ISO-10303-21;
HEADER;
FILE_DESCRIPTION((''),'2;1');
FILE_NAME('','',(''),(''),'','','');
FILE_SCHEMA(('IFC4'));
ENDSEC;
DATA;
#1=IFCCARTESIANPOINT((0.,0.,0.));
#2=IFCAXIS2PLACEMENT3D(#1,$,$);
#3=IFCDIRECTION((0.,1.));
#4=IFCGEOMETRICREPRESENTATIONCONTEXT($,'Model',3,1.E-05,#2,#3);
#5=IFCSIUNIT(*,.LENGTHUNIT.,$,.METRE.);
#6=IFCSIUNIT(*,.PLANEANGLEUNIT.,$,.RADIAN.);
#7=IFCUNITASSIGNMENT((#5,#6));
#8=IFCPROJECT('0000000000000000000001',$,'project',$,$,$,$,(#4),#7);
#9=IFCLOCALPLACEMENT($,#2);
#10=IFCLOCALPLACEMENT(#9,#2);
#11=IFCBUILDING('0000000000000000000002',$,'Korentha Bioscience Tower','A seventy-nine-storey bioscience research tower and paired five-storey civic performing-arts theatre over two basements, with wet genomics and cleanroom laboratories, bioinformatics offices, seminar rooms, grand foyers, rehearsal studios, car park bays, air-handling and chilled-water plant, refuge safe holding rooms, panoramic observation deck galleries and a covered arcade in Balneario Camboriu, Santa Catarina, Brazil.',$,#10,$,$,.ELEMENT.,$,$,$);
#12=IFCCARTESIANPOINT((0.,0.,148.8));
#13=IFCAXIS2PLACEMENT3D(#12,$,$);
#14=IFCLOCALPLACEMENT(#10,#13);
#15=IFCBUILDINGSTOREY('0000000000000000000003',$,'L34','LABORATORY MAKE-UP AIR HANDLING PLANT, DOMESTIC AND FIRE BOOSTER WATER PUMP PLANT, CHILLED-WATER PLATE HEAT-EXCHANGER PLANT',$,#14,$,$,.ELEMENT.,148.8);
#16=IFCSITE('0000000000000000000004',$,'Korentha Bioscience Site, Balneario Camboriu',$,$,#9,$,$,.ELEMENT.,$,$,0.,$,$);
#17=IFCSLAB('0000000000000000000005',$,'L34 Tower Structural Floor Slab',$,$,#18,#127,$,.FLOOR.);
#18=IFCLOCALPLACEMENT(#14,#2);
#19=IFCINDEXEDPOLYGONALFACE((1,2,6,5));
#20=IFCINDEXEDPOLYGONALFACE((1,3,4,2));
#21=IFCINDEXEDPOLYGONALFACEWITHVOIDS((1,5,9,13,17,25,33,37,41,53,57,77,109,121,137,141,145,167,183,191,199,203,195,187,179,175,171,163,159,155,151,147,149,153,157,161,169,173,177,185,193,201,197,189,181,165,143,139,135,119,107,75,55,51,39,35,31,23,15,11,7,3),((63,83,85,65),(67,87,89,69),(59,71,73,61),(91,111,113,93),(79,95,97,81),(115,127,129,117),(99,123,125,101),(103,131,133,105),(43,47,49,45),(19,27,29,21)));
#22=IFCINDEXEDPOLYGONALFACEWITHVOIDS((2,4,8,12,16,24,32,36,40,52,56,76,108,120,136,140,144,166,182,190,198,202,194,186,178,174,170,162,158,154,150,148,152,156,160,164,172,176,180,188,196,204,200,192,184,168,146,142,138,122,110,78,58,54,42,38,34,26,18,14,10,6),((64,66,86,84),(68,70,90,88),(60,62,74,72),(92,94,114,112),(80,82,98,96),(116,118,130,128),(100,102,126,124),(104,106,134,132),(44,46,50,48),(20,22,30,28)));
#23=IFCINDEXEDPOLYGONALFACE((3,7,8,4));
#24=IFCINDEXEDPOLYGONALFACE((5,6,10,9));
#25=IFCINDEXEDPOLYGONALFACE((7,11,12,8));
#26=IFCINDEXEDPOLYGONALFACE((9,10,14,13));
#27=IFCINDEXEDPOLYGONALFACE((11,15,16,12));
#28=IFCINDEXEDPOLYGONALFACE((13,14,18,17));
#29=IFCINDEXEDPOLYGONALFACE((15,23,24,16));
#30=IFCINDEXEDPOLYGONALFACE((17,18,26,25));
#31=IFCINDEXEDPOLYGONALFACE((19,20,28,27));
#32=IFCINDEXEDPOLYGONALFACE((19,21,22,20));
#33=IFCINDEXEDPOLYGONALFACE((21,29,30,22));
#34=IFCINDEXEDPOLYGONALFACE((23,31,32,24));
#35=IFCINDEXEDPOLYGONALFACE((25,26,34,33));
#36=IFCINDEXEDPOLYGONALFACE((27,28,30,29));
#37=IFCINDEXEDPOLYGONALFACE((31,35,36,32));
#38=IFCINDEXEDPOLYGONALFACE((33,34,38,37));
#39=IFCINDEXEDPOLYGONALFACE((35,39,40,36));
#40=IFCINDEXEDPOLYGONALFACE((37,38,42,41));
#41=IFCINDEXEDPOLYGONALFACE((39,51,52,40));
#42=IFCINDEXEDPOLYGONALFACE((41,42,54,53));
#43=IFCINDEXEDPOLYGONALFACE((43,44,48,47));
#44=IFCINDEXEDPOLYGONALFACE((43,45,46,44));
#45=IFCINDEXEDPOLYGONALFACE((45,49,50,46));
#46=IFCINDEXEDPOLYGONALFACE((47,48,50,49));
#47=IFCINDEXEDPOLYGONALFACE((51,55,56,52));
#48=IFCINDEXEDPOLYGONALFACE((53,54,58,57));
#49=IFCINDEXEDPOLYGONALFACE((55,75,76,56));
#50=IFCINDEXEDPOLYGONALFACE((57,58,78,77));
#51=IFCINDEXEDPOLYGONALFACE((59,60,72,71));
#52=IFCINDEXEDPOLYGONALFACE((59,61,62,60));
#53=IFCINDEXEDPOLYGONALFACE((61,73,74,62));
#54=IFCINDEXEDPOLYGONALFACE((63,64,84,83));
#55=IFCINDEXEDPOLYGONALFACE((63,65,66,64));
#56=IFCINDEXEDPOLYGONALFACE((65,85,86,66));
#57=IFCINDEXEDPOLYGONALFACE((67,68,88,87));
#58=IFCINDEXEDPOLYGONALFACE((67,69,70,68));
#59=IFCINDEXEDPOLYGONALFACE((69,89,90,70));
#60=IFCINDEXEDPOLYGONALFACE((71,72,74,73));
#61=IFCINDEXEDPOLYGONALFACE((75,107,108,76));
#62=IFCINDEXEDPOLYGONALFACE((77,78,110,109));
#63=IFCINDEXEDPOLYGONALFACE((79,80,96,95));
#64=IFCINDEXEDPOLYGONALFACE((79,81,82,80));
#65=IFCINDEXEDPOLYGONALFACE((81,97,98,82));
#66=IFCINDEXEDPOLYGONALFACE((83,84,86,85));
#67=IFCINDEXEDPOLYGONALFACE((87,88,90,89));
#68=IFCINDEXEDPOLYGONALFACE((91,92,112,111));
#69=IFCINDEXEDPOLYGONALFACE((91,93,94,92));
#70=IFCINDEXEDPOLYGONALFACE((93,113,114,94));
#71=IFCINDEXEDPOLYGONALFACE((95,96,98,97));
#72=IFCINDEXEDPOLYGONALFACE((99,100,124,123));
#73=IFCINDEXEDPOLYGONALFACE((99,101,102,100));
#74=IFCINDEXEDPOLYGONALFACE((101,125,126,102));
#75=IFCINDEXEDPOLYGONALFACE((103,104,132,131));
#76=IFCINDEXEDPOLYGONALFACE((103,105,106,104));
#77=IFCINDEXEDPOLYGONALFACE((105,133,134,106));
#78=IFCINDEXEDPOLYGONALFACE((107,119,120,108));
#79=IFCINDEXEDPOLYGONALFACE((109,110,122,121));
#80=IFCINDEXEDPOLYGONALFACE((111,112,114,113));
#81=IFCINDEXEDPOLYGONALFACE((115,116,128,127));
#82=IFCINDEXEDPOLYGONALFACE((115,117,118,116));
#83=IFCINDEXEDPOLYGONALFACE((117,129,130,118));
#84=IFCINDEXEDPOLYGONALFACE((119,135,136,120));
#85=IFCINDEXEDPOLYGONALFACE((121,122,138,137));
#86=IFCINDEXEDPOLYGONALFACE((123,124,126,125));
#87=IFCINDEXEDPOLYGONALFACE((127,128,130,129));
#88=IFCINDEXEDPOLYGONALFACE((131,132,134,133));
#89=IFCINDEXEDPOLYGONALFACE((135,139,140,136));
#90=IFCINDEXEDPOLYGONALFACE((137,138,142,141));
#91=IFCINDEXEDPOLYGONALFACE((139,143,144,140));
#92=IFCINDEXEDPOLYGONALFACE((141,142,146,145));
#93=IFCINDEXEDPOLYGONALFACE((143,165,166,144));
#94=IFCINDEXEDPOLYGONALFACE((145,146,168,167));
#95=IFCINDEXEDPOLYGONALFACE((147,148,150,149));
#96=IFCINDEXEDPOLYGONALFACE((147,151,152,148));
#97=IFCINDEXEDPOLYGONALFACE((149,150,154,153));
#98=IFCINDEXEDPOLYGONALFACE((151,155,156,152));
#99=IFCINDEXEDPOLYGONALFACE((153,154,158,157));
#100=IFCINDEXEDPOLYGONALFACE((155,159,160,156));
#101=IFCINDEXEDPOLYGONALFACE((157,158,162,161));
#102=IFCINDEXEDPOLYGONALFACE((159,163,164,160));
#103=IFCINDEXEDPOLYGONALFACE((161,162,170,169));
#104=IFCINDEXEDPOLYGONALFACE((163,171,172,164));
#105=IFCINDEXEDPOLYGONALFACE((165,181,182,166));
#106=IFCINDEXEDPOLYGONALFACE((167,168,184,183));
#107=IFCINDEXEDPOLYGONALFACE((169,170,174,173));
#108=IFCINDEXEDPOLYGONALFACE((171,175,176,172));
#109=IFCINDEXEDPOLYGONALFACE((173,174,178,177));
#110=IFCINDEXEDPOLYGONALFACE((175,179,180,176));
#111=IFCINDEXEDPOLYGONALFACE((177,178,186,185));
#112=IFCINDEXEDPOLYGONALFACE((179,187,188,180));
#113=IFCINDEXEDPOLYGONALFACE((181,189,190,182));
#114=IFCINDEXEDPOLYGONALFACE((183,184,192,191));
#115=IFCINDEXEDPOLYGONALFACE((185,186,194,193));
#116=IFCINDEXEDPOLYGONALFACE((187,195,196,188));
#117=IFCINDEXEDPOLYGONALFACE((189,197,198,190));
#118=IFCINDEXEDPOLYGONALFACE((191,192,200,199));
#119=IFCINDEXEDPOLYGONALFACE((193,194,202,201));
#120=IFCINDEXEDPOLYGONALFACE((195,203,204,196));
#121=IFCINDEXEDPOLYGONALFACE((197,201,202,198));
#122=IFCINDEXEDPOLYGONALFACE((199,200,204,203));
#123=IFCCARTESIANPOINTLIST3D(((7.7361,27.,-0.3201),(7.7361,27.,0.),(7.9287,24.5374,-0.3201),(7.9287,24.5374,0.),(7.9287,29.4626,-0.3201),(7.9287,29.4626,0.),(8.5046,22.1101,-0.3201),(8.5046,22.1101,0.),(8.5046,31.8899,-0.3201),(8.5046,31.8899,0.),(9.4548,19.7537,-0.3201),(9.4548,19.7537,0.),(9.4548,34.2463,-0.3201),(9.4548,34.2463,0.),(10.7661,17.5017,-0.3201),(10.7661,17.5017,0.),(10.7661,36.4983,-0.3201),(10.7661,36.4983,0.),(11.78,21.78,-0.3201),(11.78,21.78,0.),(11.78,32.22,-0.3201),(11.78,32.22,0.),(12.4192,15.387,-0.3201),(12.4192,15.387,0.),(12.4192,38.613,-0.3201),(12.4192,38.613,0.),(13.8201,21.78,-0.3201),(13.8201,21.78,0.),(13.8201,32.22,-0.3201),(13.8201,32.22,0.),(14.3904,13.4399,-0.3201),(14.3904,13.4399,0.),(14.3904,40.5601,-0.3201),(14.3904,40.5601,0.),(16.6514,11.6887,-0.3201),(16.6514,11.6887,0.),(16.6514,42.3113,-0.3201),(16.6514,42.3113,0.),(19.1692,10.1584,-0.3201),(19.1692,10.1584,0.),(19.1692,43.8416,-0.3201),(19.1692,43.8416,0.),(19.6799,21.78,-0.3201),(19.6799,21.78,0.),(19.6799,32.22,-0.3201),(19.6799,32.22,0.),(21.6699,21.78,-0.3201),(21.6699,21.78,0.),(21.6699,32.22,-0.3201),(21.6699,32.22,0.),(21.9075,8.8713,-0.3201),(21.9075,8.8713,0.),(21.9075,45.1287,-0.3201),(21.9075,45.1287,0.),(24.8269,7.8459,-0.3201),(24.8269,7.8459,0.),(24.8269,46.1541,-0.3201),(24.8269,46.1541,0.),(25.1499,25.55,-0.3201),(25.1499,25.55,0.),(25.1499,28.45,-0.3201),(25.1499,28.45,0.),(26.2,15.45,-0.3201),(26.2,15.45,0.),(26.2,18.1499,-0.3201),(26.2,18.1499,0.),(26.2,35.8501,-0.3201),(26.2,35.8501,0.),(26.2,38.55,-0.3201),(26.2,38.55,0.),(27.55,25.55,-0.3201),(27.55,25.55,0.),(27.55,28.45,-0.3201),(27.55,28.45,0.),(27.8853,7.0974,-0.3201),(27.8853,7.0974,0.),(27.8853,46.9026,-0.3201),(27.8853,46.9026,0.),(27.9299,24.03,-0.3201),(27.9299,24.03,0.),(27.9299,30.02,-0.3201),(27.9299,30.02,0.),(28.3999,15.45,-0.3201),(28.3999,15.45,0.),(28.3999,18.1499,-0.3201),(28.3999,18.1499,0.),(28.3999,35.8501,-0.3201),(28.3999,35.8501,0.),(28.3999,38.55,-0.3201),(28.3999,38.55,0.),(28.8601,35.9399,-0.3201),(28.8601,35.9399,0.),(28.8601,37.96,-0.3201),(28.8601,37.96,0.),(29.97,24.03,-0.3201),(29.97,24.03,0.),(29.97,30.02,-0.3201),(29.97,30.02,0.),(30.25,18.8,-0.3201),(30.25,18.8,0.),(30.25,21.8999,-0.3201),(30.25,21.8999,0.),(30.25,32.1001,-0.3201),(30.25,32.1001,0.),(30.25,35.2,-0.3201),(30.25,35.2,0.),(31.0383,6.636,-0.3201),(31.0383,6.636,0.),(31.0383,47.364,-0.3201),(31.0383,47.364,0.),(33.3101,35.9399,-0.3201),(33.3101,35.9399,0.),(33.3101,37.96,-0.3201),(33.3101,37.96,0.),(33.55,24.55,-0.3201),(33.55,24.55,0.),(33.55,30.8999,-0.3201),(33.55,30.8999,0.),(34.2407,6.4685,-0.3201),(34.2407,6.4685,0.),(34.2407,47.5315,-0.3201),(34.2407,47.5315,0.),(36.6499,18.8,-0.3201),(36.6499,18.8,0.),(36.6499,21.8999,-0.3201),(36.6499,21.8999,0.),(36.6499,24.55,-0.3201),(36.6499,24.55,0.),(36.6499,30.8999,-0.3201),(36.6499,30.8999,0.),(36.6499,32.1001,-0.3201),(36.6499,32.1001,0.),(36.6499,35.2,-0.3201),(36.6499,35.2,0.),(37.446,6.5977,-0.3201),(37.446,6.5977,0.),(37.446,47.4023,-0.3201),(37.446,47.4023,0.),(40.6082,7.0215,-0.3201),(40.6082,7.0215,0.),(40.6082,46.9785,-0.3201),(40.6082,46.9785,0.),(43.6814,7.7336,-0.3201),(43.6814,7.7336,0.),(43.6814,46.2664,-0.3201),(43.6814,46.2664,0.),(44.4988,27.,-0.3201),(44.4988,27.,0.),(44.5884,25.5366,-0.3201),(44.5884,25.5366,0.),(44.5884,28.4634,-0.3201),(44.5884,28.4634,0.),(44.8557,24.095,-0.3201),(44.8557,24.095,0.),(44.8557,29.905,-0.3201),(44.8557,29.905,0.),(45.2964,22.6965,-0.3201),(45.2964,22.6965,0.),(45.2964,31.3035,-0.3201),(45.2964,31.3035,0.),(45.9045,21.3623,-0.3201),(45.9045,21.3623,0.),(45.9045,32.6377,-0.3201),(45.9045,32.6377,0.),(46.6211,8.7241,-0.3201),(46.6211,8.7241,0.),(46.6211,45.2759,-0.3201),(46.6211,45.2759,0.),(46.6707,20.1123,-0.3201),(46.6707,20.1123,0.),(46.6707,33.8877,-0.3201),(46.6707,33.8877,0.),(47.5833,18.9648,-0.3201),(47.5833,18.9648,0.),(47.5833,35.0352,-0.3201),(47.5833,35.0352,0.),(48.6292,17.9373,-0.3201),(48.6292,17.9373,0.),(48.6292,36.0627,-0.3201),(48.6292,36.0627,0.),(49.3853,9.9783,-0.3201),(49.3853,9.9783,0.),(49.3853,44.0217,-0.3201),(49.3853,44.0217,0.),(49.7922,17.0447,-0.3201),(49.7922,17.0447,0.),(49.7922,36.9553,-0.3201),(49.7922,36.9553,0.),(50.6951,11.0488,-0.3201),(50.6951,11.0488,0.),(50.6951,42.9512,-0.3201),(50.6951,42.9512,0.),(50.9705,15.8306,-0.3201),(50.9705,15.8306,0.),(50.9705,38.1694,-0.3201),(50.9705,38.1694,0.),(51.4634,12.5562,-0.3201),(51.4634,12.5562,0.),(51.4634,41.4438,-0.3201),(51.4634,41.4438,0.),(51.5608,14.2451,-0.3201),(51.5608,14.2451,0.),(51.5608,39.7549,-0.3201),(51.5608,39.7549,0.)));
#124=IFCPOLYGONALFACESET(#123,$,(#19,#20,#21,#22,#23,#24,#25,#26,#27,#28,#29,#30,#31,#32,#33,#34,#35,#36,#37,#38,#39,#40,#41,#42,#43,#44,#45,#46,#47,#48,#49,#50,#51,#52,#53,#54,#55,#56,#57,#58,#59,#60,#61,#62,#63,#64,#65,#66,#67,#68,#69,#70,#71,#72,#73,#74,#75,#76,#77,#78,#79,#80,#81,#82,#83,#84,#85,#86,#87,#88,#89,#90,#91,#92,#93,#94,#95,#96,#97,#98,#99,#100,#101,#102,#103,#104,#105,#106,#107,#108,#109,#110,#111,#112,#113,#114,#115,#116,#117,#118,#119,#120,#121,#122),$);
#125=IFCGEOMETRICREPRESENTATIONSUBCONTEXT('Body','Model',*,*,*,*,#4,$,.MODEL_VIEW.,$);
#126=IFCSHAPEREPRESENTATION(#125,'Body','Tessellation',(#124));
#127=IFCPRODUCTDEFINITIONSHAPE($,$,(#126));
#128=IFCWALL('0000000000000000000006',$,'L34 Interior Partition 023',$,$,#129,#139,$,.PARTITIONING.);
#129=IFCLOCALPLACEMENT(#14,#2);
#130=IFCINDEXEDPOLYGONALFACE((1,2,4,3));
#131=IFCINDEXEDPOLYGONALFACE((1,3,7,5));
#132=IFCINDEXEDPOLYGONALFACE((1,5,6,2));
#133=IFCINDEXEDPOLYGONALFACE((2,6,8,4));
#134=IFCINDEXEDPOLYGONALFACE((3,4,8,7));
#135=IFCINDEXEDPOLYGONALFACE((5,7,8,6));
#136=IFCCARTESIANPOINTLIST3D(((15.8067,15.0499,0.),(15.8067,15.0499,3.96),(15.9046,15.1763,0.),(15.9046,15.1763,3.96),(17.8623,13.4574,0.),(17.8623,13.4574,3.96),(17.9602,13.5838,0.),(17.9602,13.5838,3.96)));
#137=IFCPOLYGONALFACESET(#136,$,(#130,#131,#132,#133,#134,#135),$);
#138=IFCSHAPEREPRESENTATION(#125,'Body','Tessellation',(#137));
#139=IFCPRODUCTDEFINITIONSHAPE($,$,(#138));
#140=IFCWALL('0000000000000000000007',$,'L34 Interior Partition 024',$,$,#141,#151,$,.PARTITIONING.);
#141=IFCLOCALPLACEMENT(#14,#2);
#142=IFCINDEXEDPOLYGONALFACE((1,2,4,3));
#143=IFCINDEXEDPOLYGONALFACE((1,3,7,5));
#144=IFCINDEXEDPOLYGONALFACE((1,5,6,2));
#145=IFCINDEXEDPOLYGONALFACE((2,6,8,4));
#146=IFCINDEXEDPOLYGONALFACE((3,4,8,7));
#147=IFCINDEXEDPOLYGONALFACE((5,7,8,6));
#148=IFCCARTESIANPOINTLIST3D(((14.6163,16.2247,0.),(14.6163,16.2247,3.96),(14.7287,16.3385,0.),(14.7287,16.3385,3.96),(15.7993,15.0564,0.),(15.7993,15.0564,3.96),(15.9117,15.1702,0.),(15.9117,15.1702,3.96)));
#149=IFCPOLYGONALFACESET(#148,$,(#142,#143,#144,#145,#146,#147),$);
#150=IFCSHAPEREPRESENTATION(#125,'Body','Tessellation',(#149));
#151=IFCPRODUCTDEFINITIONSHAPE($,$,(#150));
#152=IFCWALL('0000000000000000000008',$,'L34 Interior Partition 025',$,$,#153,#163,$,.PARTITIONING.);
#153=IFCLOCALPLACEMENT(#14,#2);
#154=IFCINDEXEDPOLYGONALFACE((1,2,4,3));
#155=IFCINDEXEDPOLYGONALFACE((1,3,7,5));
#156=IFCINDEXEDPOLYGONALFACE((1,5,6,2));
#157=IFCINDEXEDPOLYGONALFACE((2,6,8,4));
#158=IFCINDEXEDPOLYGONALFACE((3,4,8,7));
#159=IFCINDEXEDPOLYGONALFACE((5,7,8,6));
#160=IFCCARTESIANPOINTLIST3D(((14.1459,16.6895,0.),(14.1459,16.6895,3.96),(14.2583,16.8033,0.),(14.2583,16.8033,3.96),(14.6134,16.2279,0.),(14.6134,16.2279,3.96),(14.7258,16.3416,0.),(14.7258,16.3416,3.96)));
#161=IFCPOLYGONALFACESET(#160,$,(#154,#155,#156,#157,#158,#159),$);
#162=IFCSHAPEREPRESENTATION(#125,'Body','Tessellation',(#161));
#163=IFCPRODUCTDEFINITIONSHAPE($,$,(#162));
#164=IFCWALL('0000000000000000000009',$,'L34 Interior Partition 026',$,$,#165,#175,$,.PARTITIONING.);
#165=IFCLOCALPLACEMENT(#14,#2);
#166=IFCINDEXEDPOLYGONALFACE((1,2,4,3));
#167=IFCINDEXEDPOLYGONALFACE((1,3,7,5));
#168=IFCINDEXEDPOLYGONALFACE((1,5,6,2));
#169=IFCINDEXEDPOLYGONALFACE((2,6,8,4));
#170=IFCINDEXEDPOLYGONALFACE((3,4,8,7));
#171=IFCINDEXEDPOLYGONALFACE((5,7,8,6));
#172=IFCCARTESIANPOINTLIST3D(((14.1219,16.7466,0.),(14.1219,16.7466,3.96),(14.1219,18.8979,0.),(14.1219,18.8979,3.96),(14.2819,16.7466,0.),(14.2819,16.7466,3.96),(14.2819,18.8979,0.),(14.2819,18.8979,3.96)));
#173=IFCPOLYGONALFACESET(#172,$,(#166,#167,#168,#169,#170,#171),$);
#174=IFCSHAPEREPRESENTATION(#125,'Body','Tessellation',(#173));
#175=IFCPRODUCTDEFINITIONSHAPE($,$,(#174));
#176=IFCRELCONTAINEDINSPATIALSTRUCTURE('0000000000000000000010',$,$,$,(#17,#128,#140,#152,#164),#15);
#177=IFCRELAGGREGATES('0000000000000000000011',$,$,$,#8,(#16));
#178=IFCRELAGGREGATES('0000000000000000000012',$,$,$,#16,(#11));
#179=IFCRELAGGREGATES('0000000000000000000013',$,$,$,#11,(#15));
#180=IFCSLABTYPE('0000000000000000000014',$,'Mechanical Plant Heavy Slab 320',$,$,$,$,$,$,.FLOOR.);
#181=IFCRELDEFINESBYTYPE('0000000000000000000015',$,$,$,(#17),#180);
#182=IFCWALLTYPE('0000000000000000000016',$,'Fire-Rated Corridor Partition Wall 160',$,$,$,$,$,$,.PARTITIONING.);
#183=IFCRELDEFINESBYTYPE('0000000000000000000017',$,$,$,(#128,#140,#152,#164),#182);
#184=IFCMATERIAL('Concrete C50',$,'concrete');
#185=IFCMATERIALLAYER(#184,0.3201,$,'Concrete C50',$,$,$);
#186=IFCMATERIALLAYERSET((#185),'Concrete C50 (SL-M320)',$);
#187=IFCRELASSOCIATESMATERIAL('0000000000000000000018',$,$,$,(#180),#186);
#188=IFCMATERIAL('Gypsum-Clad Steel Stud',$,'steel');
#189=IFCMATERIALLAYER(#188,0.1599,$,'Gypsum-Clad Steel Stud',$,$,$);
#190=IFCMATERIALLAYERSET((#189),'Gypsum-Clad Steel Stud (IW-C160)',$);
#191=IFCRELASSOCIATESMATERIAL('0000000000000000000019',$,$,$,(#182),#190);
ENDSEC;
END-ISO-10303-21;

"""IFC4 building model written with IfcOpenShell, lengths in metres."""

from ifc_helpers import new_model, si_unit, direction, frame, frame_2d, origin, place, context, subcontext, project, spatial, polyline, rectangle, outline, extrude, material, layer, layer_set, type_object, element, save


model = new_model("IFC4")

# Units and contexts
model_context = context("Model", 3, precision=1e-05, world=origin(), true_north=direction((0.0, 1.0)))
body_context = subcontext(model_context, "Body", "Model", "MODEL_VIEW")
ifc_project = project(units=[si_unit("LENGTHUNIT", "METRE"), si_unit("PLANEANGLEUNIT", "RADIAN")], contexts=[model_context])

# Site, building, storey
site_placement = place(None, origin())
site = spatial("IfcSite", under=ifc_project, at=site_placement, Name="Korentha Bioscience Site, Balneario Camboriu", CompositionType="ELEMENT", RefElevation=0.0)
building_placement = place(site_placement, origin())
building = spatial("IfcBuilding", under=site, at=building_placement, Name="Korentha Bioscience Tower", Description="A seventy-nine-storey bioscience research tower and paired five-storey civic performing-arts theatre over two basements, with wet genomics and cleanroom laboratories, bioinformatics offices, seminar rooms, grand foyers, rehearsal studios, car park bays, air-handling and chilled-water plant, refuge safe holding rooms, panoramic observation deck galleries and a covered arcade in Balneario Camboriu, Santa Catarina, Brazil.", CompositionType="ELEMENT")
storey_placement = place(building_placement, frame((0.0, 0.0, 148.8)))
storey = spatial("IfcBuildingStorey", under=building, at=storey_placement, Name="L34", Description="LABORATORY MAKE-UP AIR HANDLING PLANT, DOMESTIC AND FIRE BOOSTER WATER PUMP PLANT, CHILLED-WATER PLATE HEAT-EXCHANGER PLANT", CompositionType="ELEMENT", Elevation=148.8)

# Shared definitions
ifc_material_1 = material(Name="Concrete C50", Category="concrete")

# Slab
ifc_layer_1 = layer(ifc_material_1, 0.3201, Name="Concrete C50")
ifc_layer_set_1 = layer_set([ifc_layer_1], Name="Concrete C50 (SL-M320)")
slab_type_1 = type_object("IfcSlabType", Name="Mechanical Plant Heavy Slab 320", PredefinedType="FLOOR", material=ifc_layer_set_1)
slab_1_placement = place(storey_placement, frame((0.0, 0.0, -0.3201)))
element("IfcSlab", 1, at=slab_1_placement, inside=storey, type_object=slab_type_1, Name="L34 Tower Structural Floor Slab", PredefinedType="FLOOR", context=body_context, shape_type="SweptSolid", body=[
    extrude(outline(polyline([(49.3853, 44.0217), (46.6211, 45.2759), (43.6814, 46.2664), (40.6082, 46.9785), (37.446, 47.4023), (34.2407, 47.5315), (31.0383, 47.364), (27.8853, 46.9026), (24.8269, 46.1541), (21.9075, 45.1287), (19.1692, 43.8416), (16.6514, 42.3113), (14.3904, 40.5601), (12.4192, 38.613), (10.7661, 36.4983), (9.4548, 34.2463), (8.5046, 31.8899), (7.9287, 29.4626), (7.7361, 27.0), (7.9287, 24.5374), (8.5046, 22.1101), (9.4548, 19.7537), (10.7661, 17.5017), (12.4192, 15.387), (14.3904, 13.4399), (16.6514, 11.6887), (19.1692, 10.1584), (21.9075, 8.8713), (24.8269, 7.8459), (27.8853, 7.0974), (31.0383, 6.636), (34.2407, 6.4685), (37.446, 6.5977), (40.6082, 7.0215), (43.6814, 7.7336), (46.6211, 8.7241), (49.3853, 9.9783), (50.6951, 11.0488), (51.4634, 12.5562), (51.5608, 14.2451), (50.9705, 15.8306), (49.7922, 17.0447), (48.6292, 17.9373), (47.5833, 18.9648), (46.6707, 20.1123), (45.9045, 21.3623), (45.2964, 22.6965), (44.8557, 24.095), (44.5884, 25.5366), (44.4988, 27.0), (44.5884, 28.4634), (44.8557, 29.905), (45.2964, 31.3035), (45.9045, 32.6377), (46.6707, 33.8877), (47.5833, 35.0352), (48.6292, 36.0627), (49.7922, 36.9553), (50.9705, 38.1694), (51.5608, 39.7549), (51.4634, 41.4438), (50.6951, 42.9512), (49.3853, 44.0217)]), holes=[polyline([(30.25, 32.1001), (36.6499, 32.1001), (36.6499, 35.2), (30.25, 35.2), (30.25, 32.1001)]), polyline([(30.25, 18.8), (36.6499, 18.8), (36.6499, 21.8999), (30.25, 21.8999), (30.25, 18.8)]), polyline([(36.6499, 24.55), (36.6499, 30.8999), (33.55, 30.8999), (33.55, 24.55), (36.6499, 24.55)]), polyline([(11.78, 21.78), (13.8201, 21.78), (13.8201, 32.22), (11.78, 32.22), (11.78, 21.78)]), polyline([(19.6799, 21.78), (21.6699, 21.78), (21.6699, 32.22), (19.6799, 32.22), (19.6799, 21.78)]), polyline([(27.9299, 24.03), (29.97, 24.03), (29.97, 30.02), (27.9299, 30.02), (27.9299, 24.03)]), polyline([(28.8601, 35.9399), (33.3101, 35.9399), (33.3101, 37.96), (28.8601, 37.96), (28.8601, 35.9399)]), polyline([(26.2, 15.45), (28.3999, 15.45), (28.3999, 18.1499), (26.2, 18.1499), (26.2, 15.45)]), polyline([(26.2, 35.8501), (28.3999, 35.8501), (28.3999, 38.55), (26.2, 38.55), (26.2, 35.8501)]), polyline([(25.1499, 25.55), (27.55, 25.55), (27.55, 28.45), (25.1499, 28.45), (25.1499, 25.55)])]), origin(), (0.0, 0.0, 1.0), 0.3201),
])

# Walls
ifc_material_2 = material(Name="Gypsum-Clad Steel Stud", Category="steel")
ifc_layer_2 = layer(ifc_material_2, 0.1599, Name="Gypsum-Clad Steel Stud")
ifc_layer_set_2 = layer_set([ifc_layer_2], Name="Gypsum-Clad Steel Stud (IW-C160)")
wall_type_1 = type_object("IfcWallType", Name="Fire-Rated Corridor Partition Wall 160", PredefinedType="PARTITIONING", material=ifc_layer_set_2)
wall_1_placement = place(storey_placement, frame((17.9114, 13.5205, 0.0), z_axis=(0.0, 0.0, 1.0), x_axis=(-0.790529, 0.612425, 0.0)))
element("IfcWall", 2, at=wall_1_placement, inside=storey, type_object=wall_type_1, Name="L34 Interior Partition 023", PredefinedType="PARTITIONING", context=body_context, shape_type="SweptSolid", body=[
    extrude(rectangle(XDim=2.6003, YDim=0.1599, at=frame_2d((1.3003, 0.0))), origin(), (0.0, 0.0, 1.0), 3.96),
])
wall_2_placement = place(storey_placement, frame((15.8555, 15.1133, 0.0), z_axis=(0.0, 0.0, 1.0), x_axis=(-0.711499, 0.702687, 0.0)))
element("IfcWall", 3, at=wall_2_placement, inside=storey, type_object=wall_type_1, Name="L34 Interior Partition 024", PredefinedType="PARTITIONING", context=body_context, shape_type="SweptSolid", body=[
    extrude(rectangle(XDim=1.6626, YDim=0.1599, at=frame_2d((0.8313, 0.0))), origin(), (0.0, 0.0, 1.0), 3.96),
])
wall_3_placement = place(storey_placement, frame((14.6697, 16.2847, 0.0), z_axis=(0.0, 0.0, 1.0), x_axis=(-0.711552, 0.702634, 0.0)))
element("IfcWall", 4, at=wall_3_placement, inside=storey, type_object=wall_type_1, Name="L34 Interior Partition 025", PredefinedType="PARTITIONING", context=body_context, shape_type="SweptSolid", body=[
    extrude(rectangle(XDim=0.657, YDim=0.1599, at=frame_2d((0.3286, 0.0))), origin(), (0.0, 0.0, 1.0), 3.96),
])
wall_4_placement = place(storey_placement, frame((14.2019, 16.7466, 0.0), z_axis=(0.0, 0.0, 1.0), x_axis=(0.0, 1.0, 0.0)))
element("IfcWall", 5, at=wall_4_placement, inside=storey, type_object=wall_type_1, Name="L34 Interior Partition 026", PredefinedType="PARTITIONING", context=body_context, shape_type="SweptSolid", body=[
    extrude(rectangle(XDim=2.1514, YDim=0.1599, at=frame_2d((1.0757, 0.0))), origin(), (0.0, 0.0, 1.0), 3.96),
])

save(model, "model.ifc")
